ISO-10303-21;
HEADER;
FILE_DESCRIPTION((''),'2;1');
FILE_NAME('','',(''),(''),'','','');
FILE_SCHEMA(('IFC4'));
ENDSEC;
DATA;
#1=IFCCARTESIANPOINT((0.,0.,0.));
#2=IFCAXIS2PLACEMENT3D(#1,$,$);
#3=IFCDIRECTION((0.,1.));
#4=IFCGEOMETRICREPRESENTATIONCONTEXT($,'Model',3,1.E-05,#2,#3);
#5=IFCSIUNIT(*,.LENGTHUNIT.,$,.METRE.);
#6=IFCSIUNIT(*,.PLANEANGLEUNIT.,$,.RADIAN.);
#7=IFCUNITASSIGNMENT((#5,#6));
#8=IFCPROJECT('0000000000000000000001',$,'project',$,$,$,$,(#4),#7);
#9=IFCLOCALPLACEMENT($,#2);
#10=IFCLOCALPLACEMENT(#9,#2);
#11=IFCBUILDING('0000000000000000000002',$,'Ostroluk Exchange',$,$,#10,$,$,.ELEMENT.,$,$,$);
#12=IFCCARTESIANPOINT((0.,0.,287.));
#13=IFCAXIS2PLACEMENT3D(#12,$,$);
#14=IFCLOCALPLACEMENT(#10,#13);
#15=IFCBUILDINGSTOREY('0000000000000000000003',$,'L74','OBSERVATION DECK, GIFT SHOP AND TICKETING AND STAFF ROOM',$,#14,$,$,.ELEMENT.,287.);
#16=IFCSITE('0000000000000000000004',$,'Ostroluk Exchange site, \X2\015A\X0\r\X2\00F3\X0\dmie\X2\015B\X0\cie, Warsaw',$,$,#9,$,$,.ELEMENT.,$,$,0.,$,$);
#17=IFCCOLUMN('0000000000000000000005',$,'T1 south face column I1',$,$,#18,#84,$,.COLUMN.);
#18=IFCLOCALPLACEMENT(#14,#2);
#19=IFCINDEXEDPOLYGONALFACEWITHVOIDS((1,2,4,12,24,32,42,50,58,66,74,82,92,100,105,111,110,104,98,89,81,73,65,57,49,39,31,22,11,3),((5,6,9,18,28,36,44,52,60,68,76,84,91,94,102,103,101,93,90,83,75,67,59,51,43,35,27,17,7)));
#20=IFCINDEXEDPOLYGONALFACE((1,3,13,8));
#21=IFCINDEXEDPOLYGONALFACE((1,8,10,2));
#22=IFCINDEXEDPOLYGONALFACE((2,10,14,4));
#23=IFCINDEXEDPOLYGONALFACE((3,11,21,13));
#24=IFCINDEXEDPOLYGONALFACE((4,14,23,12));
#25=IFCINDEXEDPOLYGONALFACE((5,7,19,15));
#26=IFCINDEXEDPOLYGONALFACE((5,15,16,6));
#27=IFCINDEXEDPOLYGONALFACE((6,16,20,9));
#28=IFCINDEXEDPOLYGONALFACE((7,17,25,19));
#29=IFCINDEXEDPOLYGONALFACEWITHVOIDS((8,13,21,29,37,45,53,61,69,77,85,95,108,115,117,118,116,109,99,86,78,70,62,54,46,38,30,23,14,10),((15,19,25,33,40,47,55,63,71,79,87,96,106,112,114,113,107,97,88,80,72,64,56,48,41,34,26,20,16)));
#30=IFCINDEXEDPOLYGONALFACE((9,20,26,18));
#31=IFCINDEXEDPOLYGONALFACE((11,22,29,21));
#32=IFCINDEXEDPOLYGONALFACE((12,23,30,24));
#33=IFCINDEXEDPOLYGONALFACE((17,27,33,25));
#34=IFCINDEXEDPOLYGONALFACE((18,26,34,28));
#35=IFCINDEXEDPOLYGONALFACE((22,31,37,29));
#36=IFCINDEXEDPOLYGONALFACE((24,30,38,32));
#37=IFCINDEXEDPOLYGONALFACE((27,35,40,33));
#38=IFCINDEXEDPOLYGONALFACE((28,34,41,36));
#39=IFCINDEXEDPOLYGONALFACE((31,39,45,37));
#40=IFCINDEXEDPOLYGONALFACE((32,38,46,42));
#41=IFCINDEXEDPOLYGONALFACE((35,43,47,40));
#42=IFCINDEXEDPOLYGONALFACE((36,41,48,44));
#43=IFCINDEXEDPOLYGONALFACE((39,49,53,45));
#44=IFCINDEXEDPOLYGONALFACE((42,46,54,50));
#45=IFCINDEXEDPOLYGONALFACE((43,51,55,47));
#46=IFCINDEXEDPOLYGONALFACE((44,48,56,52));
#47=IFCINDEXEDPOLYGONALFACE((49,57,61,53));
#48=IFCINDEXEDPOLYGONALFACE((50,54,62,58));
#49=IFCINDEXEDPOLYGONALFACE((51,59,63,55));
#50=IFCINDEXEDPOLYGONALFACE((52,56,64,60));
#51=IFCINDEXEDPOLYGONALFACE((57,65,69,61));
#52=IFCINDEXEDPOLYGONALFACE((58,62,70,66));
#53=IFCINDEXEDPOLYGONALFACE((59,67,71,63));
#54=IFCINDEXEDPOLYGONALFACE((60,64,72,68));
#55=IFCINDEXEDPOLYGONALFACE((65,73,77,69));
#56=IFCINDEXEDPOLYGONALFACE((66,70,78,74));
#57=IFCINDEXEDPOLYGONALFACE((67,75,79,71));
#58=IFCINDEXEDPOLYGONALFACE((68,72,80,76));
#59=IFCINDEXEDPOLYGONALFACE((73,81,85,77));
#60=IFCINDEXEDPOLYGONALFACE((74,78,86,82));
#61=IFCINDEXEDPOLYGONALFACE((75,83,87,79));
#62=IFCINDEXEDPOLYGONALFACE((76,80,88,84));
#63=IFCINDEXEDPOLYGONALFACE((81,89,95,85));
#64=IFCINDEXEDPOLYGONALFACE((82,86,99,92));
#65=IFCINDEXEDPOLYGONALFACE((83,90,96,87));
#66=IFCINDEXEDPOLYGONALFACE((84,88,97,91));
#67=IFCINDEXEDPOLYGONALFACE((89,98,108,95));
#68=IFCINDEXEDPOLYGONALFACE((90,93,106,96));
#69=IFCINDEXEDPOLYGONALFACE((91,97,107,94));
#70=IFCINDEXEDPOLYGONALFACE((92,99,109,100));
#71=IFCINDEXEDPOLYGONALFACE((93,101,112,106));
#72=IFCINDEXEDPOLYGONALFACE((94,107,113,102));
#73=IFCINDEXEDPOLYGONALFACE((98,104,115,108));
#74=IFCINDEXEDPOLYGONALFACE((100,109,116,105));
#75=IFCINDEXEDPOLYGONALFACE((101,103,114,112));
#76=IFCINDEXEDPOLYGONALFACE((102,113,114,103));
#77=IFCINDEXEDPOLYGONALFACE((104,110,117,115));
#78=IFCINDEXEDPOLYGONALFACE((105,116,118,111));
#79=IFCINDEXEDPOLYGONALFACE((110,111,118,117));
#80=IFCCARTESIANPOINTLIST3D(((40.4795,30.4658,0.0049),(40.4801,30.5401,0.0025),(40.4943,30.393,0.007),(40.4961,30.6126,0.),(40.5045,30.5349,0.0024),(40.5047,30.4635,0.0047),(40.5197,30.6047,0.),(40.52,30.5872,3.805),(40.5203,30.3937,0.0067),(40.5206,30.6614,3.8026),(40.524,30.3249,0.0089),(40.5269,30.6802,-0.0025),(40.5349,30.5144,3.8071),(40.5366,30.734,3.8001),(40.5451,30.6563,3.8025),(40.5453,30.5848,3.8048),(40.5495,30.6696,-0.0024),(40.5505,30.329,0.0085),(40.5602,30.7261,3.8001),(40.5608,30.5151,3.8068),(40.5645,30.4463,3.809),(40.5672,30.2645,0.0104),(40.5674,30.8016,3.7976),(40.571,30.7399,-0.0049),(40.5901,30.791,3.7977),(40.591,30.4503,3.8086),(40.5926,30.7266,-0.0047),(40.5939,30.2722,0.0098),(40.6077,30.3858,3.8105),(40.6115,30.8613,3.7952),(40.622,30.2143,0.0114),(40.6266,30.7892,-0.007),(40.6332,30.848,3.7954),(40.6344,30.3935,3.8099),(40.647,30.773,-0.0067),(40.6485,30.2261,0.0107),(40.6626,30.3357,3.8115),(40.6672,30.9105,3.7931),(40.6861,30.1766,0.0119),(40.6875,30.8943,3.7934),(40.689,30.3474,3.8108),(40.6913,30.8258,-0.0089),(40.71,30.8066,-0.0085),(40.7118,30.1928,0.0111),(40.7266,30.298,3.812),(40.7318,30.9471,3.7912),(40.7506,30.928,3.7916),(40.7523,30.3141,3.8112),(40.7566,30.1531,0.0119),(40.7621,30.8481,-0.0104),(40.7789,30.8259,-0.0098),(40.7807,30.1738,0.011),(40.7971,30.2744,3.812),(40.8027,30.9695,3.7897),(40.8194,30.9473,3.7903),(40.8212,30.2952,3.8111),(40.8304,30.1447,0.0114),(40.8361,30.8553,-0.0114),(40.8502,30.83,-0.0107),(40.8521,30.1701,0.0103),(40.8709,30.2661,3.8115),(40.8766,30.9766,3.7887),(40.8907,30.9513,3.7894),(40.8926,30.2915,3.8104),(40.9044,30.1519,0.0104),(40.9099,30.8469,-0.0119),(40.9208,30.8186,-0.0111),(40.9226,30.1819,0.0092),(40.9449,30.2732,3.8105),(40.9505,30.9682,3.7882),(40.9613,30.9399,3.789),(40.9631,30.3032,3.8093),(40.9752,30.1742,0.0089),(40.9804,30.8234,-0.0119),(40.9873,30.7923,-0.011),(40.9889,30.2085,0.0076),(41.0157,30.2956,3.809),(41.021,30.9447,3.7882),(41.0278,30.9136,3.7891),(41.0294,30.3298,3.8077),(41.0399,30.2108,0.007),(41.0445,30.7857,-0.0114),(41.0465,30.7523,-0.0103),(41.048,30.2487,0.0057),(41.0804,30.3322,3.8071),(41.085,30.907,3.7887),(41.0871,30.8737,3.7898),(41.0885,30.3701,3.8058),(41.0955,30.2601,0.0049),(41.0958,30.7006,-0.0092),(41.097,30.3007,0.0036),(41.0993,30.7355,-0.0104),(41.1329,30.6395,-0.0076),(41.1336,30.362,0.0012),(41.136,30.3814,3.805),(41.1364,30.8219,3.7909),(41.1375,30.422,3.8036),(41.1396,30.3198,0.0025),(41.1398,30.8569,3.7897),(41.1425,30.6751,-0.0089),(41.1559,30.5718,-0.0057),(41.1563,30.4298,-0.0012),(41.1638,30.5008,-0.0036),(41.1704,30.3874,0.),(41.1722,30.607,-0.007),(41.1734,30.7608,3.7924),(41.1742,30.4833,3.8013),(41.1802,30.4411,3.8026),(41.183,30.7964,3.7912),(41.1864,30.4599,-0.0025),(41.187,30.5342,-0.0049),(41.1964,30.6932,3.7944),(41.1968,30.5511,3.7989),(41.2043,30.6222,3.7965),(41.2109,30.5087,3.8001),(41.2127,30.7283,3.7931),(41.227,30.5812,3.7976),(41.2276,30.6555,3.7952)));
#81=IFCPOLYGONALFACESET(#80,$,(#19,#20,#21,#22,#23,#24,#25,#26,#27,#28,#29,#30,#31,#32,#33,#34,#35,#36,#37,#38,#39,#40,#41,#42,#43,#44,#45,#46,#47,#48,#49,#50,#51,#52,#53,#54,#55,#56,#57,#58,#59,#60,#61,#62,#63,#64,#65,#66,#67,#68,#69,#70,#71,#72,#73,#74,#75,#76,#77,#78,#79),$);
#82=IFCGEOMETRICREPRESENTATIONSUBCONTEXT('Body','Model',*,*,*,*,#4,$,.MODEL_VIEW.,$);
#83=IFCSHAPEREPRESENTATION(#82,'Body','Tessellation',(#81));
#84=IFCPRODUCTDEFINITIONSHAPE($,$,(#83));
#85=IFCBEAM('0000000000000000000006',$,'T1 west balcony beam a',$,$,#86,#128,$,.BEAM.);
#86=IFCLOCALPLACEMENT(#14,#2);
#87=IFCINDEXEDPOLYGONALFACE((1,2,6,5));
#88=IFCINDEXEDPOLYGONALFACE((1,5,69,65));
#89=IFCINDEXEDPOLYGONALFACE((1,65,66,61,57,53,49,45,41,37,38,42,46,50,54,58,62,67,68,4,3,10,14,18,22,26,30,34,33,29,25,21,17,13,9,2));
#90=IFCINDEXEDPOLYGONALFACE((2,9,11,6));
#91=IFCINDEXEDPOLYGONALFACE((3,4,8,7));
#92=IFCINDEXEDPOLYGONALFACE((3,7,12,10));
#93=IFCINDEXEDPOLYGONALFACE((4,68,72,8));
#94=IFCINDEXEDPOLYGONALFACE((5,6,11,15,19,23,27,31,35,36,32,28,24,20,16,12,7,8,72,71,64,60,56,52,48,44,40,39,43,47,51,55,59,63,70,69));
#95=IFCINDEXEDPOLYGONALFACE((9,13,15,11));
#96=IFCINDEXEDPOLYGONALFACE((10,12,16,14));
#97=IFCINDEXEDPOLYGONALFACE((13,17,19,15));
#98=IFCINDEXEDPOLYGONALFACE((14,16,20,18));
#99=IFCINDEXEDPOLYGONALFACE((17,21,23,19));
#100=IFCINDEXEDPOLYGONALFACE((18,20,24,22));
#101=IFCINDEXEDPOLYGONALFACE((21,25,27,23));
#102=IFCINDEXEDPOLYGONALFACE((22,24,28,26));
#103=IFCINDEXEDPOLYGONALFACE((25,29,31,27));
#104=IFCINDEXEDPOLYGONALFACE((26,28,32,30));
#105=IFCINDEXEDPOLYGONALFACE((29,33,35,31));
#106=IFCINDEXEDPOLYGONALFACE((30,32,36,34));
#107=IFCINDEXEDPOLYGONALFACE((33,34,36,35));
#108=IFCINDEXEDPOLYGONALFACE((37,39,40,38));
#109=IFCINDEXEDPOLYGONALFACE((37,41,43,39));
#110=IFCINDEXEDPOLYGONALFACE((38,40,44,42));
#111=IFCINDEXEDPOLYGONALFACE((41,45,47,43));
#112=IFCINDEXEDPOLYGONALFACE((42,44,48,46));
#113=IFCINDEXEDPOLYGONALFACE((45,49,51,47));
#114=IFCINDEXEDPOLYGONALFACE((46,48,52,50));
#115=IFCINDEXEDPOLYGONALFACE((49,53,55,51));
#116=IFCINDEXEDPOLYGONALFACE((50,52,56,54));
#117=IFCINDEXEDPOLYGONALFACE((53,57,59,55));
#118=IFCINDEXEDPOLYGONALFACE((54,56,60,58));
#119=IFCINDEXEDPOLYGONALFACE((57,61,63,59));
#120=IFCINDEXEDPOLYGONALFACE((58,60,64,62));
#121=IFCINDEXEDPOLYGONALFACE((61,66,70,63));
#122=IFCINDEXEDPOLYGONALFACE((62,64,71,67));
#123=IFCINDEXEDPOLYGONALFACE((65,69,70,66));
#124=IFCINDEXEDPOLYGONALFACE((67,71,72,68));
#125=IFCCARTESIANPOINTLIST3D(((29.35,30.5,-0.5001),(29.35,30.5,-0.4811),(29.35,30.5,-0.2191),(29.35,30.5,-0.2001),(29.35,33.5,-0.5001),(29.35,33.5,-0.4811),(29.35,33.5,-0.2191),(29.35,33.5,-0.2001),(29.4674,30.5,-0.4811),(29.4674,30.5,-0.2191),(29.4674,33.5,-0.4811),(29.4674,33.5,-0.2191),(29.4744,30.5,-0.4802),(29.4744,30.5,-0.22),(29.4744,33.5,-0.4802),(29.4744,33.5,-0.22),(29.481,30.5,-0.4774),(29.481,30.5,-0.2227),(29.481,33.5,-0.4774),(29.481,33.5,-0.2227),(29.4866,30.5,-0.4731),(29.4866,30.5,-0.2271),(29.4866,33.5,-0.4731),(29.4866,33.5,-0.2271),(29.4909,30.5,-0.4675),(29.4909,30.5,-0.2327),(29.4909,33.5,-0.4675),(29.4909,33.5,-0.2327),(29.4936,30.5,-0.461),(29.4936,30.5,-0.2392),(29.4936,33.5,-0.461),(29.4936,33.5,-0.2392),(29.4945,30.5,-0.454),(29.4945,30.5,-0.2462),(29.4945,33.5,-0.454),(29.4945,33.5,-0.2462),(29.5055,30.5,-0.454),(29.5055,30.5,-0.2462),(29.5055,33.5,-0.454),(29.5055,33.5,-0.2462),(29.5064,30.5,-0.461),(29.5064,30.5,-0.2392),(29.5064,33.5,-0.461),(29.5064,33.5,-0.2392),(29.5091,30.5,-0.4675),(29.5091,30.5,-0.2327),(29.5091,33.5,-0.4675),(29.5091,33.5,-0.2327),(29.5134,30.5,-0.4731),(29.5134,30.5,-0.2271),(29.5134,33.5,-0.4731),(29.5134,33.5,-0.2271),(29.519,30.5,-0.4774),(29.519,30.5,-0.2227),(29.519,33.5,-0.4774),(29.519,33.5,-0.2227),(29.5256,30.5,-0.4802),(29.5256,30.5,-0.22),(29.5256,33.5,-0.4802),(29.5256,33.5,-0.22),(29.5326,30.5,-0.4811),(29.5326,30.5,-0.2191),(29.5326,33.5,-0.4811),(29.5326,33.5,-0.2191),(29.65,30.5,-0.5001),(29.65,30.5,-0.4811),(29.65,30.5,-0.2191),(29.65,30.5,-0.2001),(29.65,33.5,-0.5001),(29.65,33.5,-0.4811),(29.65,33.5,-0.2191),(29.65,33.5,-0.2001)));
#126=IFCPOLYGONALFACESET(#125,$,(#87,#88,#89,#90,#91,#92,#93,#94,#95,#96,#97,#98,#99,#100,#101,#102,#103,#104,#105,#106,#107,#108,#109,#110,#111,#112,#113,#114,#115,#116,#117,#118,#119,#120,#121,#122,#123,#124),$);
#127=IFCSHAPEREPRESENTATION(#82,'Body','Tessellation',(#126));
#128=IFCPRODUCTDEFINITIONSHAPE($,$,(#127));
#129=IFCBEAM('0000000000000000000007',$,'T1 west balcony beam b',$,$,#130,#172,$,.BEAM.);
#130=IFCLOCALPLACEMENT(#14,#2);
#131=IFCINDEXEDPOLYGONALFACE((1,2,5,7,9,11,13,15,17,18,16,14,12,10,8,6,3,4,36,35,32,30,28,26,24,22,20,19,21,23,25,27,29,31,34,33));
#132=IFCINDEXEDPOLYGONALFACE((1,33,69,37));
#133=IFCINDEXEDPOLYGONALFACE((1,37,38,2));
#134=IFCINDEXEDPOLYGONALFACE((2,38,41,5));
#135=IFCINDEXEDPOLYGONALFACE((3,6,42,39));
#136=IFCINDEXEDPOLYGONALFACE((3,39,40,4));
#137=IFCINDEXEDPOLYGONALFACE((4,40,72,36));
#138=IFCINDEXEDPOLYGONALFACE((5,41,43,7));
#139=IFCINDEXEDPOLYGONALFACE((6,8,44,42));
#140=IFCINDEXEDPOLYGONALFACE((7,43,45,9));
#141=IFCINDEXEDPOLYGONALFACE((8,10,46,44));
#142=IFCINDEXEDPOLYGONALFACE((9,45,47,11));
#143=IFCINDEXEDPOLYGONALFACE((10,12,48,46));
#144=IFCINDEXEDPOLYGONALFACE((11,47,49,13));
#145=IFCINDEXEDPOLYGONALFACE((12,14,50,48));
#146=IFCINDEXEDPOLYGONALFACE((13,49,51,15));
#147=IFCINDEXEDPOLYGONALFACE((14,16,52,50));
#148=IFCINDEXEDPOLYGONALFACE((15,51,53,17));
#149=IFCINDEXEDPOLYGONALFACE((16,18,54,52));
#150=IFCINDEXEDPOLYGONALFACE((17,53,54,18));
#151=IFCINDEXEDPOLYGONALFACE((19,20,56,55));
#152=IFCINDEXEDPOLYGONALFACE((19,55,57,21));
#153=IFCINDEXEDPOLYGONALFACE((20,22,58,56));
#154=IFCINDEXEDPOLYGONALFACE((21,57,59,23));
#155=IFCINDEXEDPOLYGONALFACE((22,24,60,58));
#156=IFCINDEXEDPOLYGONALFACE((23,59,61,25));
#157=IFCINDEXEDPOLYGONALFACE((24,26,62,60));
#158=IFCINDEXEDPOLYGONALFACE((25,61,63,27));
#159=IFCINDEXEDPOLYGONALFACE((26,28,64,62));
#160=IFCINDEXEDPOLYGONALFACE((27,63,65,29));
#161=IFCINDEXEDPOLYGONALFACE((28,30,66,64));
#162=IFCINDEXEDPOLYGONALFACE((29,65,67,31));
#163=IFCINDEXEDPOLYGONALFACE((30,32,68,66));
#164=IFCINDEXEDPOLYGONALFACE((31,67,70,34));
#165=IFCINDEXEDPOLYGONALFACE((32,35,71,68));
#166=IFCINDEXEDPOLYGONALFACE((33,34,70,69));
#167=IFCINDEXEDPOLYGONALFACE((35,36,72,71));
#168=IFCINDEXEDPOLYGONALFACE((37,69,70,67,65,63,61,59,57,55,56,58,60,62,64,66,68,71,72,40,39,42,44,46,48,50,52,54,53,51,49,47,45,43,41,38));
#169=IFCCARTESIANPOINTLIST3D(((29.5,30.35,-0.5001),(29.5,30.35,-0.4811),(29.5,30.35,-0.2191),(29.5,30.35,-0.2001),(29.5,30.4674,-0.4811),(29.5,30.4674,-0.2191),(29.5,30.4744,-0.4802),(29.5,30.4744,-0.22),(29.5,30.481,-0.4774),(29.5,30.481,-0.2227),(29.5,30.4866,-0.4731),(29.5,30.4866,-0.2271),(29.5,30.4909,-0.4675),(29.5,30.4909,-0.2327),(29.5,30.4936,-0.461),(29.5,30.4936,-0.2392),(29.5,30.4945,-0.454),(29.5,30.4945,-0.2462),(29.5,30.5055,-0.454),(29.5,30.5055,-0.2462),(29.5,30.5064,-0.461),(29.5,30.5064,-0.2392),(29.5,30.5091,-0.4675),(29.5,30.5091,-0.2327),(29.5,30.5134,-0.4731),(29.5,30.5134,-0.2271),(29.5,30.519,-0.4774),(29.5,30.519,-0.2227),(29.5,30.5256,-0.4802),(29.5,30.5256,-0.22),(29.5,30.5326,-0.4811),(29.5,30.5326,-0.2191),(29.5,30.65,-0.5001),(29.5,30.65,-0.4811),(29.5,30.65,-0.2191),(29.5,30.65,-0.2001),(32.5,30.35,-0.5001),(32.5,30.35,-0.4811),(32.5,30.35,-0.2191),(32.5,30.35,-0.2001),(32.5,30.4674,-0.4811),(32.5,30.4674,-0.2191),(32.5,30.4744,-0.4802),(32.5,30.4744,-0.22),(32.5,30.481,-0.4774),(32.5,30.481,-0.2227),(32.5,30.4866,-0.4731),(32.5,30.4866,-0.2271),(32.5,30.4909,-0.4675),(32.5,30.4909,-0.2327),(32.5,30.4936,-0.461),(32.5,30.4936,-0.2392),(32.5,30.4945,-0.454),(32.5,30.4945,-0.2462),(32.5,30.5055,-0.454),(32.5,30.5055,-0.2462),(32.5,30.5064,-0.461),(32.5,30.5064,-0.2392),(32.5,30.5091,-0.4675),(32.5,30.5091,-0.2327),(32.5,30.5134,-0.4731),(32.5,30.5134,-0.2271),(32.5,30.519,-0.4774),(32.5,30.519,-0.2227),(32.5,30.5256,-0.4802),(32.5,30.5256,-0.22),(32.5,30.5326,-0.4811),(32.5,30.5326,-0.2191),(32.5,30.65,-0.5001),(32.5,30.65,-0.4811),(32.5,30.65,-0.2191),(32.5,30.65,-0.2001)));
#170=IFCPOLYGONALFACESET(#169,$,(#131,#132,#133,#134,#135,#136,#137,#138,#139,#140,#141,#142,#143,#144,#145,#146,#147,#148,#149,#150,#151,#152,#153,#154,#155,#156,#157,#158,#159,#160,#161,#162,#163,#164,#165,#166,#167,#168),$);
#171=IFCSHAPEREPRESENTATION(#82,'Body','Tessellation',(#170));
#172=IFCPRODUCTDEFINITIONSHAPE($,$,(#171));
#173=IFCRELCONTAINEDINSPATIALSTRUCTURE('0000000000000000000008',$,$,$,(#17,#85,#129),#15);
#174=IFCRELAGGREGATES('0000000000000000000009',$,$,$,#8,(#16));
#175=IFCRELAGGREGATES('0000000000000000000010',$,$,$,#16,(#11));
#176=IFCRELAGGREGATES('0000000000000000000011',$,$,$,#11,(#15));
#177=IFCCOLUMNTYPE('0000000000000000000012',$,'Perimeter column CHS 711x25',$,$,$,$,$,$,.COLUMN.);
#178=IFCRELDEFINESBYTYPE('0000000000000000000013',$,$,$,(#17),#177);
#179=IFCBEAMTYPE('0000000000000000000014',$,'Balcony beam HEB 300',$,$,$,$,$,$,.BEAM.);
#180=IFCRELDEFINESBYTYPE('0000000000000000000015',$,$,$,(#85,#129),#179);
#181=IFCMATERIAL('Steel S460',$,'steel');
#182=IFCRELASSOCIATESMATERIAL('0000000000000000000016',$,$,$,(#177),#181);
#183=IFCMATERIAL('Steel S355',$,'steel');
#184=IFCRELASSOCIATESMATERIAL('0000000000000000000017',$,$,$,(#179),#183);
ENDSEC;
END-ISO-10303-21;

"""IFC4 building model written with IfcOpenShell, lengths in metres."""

from ifc_helpers import new_model, si_unit, direction, frame, origin, origin_2d, place, context, subcontext, project, spatial, hollow_circle, i_section, extrude, material, material_profile, profile_set, type_object, element, save


model = new_model("IFC4")

# Units and contexts
model_context = context("Model", 3, precision=1e-05, world=origin(), true_north=direction((0.0, 1.0)))
body_context = subcontext(model_context, "Body", "Model", "MODEL_VIEW")
ifc_project = project(units=[si_unit("LENGTHUNIT", "METRE"), si_unit("PLANEANGLEUNIT", "RADIAN")], contexts=[model_context])

# Site, building, storey
site_placement = place(None, origin())
site = spatial("IfcSite", under=ifc_project, at=site_placement, Name="Ostroluk Exchange site, Śródmieście, Warsaw", CompositionType="ELEMENT", RefElevation=0.0)
building_placement = place(site_placement, origin())
building = spatial("IfcBuilding", under=site, at=building_placement, Name="Ostroluk Exchange", CompositionType="ELEMENT")
storey_placement = place(building_placement, frame((0.0, 0.0, 287.0)))
storey = spatial("IfcBuildingStorey", under=building, at=storey_placement, Name="L74", Description="OBSERVATION DECK, GIFT SHOP AND TICKETING AND STAFF ROOM", CompositionType="ELEMENT", Elevation=287.0)

# Column
ifc_material_1 = material(Name="Steel S460", Category="steel")
ifc_material_profile_1 = material_profile(ifc_material_1, hollow_circle(Radius=0.3555, WallThickness=0.0249, at=origin_2d()), Name="CHS 711x25")
ifc_profile_set_1 = profile_set([ifc_material_profile_1], Name="Steel S460")
column_type = type_object("IfcColumnType", Name="Perimeter column CHS 711x25", PredefinedType="COLUMN", material=ifc_profile_set_1)
column_placement = place(storey_placement, frame((40.8333, 30.5, 0.0), z_axis=(0.010659, 0.031913, 0.999434), x_axis=(-0.948492, 0.3168, 0.0)))
element("IfcColumn", 1, at=column_placement, inside=storey, type_object=column_type, Name="T1 south face column I1", PredefinedType="COLUMN", context=body_context, shape_type="SweptSolid", body=[
    extrude(hollow_circle(Radius=0.3555, WallThickness=0.0249, at=origin_2d()), origin(), (0.0, 0.0, 1.0), 3.8022),
])

# Beams
ifc_material_2 = material(Name="Steel S355", Category="steel")
ifc_material_profile_2 = material_profile(ifc_material_2, i_section(OverallWidth=0.3, OverallDepth=0.3, WebThickness=0.011, FlangeThickness=0.019, FilletRadius=0.0271, at=origin_2d()), Name="HEB 300")
ifc_profile_set_2 = profile_set([ifc_material_profile_2], Name="Steel S355")
beam_type_1 = type_object("IfcBeamType", Name="Balcony beam HEB 300", PredefinedType="BEAM", material=ifc_profile_set_2)
for number, where, z_axis, x_axis, name in (
    (2, (29.5, 33.5, -0.3501), (0.0, -1.0, 0.0), (1.0, 0.0, 0.0), "T1 west balcony beam a"),
    (3, (32.5, 30.5, -0.3501), (-1.0, 0.0, 0.0), (0.0, -1.0, 0.0), "T1 west balcony beam b"),
):
    element("IfcBeam", number, at=place(storey_placement, frame(where, z_axis=z_axis, x_axis=x_axis)), inside=storey, type_object=beam_type_1, Name=name, PredefinedType="BEAM", context=body_context, shape_type="SweptSolid", body=[
        extrude(i_section(OverallWidth=0.3, OverallDepth=0.3, WebThickness=0.011, FlangeThickness=0.019, FilletRadius=0.0271, at=origin_2d()), origin(), (0.0, 0.0, 1.0), 3.0),
    ])

save(model, "model.ifc")
